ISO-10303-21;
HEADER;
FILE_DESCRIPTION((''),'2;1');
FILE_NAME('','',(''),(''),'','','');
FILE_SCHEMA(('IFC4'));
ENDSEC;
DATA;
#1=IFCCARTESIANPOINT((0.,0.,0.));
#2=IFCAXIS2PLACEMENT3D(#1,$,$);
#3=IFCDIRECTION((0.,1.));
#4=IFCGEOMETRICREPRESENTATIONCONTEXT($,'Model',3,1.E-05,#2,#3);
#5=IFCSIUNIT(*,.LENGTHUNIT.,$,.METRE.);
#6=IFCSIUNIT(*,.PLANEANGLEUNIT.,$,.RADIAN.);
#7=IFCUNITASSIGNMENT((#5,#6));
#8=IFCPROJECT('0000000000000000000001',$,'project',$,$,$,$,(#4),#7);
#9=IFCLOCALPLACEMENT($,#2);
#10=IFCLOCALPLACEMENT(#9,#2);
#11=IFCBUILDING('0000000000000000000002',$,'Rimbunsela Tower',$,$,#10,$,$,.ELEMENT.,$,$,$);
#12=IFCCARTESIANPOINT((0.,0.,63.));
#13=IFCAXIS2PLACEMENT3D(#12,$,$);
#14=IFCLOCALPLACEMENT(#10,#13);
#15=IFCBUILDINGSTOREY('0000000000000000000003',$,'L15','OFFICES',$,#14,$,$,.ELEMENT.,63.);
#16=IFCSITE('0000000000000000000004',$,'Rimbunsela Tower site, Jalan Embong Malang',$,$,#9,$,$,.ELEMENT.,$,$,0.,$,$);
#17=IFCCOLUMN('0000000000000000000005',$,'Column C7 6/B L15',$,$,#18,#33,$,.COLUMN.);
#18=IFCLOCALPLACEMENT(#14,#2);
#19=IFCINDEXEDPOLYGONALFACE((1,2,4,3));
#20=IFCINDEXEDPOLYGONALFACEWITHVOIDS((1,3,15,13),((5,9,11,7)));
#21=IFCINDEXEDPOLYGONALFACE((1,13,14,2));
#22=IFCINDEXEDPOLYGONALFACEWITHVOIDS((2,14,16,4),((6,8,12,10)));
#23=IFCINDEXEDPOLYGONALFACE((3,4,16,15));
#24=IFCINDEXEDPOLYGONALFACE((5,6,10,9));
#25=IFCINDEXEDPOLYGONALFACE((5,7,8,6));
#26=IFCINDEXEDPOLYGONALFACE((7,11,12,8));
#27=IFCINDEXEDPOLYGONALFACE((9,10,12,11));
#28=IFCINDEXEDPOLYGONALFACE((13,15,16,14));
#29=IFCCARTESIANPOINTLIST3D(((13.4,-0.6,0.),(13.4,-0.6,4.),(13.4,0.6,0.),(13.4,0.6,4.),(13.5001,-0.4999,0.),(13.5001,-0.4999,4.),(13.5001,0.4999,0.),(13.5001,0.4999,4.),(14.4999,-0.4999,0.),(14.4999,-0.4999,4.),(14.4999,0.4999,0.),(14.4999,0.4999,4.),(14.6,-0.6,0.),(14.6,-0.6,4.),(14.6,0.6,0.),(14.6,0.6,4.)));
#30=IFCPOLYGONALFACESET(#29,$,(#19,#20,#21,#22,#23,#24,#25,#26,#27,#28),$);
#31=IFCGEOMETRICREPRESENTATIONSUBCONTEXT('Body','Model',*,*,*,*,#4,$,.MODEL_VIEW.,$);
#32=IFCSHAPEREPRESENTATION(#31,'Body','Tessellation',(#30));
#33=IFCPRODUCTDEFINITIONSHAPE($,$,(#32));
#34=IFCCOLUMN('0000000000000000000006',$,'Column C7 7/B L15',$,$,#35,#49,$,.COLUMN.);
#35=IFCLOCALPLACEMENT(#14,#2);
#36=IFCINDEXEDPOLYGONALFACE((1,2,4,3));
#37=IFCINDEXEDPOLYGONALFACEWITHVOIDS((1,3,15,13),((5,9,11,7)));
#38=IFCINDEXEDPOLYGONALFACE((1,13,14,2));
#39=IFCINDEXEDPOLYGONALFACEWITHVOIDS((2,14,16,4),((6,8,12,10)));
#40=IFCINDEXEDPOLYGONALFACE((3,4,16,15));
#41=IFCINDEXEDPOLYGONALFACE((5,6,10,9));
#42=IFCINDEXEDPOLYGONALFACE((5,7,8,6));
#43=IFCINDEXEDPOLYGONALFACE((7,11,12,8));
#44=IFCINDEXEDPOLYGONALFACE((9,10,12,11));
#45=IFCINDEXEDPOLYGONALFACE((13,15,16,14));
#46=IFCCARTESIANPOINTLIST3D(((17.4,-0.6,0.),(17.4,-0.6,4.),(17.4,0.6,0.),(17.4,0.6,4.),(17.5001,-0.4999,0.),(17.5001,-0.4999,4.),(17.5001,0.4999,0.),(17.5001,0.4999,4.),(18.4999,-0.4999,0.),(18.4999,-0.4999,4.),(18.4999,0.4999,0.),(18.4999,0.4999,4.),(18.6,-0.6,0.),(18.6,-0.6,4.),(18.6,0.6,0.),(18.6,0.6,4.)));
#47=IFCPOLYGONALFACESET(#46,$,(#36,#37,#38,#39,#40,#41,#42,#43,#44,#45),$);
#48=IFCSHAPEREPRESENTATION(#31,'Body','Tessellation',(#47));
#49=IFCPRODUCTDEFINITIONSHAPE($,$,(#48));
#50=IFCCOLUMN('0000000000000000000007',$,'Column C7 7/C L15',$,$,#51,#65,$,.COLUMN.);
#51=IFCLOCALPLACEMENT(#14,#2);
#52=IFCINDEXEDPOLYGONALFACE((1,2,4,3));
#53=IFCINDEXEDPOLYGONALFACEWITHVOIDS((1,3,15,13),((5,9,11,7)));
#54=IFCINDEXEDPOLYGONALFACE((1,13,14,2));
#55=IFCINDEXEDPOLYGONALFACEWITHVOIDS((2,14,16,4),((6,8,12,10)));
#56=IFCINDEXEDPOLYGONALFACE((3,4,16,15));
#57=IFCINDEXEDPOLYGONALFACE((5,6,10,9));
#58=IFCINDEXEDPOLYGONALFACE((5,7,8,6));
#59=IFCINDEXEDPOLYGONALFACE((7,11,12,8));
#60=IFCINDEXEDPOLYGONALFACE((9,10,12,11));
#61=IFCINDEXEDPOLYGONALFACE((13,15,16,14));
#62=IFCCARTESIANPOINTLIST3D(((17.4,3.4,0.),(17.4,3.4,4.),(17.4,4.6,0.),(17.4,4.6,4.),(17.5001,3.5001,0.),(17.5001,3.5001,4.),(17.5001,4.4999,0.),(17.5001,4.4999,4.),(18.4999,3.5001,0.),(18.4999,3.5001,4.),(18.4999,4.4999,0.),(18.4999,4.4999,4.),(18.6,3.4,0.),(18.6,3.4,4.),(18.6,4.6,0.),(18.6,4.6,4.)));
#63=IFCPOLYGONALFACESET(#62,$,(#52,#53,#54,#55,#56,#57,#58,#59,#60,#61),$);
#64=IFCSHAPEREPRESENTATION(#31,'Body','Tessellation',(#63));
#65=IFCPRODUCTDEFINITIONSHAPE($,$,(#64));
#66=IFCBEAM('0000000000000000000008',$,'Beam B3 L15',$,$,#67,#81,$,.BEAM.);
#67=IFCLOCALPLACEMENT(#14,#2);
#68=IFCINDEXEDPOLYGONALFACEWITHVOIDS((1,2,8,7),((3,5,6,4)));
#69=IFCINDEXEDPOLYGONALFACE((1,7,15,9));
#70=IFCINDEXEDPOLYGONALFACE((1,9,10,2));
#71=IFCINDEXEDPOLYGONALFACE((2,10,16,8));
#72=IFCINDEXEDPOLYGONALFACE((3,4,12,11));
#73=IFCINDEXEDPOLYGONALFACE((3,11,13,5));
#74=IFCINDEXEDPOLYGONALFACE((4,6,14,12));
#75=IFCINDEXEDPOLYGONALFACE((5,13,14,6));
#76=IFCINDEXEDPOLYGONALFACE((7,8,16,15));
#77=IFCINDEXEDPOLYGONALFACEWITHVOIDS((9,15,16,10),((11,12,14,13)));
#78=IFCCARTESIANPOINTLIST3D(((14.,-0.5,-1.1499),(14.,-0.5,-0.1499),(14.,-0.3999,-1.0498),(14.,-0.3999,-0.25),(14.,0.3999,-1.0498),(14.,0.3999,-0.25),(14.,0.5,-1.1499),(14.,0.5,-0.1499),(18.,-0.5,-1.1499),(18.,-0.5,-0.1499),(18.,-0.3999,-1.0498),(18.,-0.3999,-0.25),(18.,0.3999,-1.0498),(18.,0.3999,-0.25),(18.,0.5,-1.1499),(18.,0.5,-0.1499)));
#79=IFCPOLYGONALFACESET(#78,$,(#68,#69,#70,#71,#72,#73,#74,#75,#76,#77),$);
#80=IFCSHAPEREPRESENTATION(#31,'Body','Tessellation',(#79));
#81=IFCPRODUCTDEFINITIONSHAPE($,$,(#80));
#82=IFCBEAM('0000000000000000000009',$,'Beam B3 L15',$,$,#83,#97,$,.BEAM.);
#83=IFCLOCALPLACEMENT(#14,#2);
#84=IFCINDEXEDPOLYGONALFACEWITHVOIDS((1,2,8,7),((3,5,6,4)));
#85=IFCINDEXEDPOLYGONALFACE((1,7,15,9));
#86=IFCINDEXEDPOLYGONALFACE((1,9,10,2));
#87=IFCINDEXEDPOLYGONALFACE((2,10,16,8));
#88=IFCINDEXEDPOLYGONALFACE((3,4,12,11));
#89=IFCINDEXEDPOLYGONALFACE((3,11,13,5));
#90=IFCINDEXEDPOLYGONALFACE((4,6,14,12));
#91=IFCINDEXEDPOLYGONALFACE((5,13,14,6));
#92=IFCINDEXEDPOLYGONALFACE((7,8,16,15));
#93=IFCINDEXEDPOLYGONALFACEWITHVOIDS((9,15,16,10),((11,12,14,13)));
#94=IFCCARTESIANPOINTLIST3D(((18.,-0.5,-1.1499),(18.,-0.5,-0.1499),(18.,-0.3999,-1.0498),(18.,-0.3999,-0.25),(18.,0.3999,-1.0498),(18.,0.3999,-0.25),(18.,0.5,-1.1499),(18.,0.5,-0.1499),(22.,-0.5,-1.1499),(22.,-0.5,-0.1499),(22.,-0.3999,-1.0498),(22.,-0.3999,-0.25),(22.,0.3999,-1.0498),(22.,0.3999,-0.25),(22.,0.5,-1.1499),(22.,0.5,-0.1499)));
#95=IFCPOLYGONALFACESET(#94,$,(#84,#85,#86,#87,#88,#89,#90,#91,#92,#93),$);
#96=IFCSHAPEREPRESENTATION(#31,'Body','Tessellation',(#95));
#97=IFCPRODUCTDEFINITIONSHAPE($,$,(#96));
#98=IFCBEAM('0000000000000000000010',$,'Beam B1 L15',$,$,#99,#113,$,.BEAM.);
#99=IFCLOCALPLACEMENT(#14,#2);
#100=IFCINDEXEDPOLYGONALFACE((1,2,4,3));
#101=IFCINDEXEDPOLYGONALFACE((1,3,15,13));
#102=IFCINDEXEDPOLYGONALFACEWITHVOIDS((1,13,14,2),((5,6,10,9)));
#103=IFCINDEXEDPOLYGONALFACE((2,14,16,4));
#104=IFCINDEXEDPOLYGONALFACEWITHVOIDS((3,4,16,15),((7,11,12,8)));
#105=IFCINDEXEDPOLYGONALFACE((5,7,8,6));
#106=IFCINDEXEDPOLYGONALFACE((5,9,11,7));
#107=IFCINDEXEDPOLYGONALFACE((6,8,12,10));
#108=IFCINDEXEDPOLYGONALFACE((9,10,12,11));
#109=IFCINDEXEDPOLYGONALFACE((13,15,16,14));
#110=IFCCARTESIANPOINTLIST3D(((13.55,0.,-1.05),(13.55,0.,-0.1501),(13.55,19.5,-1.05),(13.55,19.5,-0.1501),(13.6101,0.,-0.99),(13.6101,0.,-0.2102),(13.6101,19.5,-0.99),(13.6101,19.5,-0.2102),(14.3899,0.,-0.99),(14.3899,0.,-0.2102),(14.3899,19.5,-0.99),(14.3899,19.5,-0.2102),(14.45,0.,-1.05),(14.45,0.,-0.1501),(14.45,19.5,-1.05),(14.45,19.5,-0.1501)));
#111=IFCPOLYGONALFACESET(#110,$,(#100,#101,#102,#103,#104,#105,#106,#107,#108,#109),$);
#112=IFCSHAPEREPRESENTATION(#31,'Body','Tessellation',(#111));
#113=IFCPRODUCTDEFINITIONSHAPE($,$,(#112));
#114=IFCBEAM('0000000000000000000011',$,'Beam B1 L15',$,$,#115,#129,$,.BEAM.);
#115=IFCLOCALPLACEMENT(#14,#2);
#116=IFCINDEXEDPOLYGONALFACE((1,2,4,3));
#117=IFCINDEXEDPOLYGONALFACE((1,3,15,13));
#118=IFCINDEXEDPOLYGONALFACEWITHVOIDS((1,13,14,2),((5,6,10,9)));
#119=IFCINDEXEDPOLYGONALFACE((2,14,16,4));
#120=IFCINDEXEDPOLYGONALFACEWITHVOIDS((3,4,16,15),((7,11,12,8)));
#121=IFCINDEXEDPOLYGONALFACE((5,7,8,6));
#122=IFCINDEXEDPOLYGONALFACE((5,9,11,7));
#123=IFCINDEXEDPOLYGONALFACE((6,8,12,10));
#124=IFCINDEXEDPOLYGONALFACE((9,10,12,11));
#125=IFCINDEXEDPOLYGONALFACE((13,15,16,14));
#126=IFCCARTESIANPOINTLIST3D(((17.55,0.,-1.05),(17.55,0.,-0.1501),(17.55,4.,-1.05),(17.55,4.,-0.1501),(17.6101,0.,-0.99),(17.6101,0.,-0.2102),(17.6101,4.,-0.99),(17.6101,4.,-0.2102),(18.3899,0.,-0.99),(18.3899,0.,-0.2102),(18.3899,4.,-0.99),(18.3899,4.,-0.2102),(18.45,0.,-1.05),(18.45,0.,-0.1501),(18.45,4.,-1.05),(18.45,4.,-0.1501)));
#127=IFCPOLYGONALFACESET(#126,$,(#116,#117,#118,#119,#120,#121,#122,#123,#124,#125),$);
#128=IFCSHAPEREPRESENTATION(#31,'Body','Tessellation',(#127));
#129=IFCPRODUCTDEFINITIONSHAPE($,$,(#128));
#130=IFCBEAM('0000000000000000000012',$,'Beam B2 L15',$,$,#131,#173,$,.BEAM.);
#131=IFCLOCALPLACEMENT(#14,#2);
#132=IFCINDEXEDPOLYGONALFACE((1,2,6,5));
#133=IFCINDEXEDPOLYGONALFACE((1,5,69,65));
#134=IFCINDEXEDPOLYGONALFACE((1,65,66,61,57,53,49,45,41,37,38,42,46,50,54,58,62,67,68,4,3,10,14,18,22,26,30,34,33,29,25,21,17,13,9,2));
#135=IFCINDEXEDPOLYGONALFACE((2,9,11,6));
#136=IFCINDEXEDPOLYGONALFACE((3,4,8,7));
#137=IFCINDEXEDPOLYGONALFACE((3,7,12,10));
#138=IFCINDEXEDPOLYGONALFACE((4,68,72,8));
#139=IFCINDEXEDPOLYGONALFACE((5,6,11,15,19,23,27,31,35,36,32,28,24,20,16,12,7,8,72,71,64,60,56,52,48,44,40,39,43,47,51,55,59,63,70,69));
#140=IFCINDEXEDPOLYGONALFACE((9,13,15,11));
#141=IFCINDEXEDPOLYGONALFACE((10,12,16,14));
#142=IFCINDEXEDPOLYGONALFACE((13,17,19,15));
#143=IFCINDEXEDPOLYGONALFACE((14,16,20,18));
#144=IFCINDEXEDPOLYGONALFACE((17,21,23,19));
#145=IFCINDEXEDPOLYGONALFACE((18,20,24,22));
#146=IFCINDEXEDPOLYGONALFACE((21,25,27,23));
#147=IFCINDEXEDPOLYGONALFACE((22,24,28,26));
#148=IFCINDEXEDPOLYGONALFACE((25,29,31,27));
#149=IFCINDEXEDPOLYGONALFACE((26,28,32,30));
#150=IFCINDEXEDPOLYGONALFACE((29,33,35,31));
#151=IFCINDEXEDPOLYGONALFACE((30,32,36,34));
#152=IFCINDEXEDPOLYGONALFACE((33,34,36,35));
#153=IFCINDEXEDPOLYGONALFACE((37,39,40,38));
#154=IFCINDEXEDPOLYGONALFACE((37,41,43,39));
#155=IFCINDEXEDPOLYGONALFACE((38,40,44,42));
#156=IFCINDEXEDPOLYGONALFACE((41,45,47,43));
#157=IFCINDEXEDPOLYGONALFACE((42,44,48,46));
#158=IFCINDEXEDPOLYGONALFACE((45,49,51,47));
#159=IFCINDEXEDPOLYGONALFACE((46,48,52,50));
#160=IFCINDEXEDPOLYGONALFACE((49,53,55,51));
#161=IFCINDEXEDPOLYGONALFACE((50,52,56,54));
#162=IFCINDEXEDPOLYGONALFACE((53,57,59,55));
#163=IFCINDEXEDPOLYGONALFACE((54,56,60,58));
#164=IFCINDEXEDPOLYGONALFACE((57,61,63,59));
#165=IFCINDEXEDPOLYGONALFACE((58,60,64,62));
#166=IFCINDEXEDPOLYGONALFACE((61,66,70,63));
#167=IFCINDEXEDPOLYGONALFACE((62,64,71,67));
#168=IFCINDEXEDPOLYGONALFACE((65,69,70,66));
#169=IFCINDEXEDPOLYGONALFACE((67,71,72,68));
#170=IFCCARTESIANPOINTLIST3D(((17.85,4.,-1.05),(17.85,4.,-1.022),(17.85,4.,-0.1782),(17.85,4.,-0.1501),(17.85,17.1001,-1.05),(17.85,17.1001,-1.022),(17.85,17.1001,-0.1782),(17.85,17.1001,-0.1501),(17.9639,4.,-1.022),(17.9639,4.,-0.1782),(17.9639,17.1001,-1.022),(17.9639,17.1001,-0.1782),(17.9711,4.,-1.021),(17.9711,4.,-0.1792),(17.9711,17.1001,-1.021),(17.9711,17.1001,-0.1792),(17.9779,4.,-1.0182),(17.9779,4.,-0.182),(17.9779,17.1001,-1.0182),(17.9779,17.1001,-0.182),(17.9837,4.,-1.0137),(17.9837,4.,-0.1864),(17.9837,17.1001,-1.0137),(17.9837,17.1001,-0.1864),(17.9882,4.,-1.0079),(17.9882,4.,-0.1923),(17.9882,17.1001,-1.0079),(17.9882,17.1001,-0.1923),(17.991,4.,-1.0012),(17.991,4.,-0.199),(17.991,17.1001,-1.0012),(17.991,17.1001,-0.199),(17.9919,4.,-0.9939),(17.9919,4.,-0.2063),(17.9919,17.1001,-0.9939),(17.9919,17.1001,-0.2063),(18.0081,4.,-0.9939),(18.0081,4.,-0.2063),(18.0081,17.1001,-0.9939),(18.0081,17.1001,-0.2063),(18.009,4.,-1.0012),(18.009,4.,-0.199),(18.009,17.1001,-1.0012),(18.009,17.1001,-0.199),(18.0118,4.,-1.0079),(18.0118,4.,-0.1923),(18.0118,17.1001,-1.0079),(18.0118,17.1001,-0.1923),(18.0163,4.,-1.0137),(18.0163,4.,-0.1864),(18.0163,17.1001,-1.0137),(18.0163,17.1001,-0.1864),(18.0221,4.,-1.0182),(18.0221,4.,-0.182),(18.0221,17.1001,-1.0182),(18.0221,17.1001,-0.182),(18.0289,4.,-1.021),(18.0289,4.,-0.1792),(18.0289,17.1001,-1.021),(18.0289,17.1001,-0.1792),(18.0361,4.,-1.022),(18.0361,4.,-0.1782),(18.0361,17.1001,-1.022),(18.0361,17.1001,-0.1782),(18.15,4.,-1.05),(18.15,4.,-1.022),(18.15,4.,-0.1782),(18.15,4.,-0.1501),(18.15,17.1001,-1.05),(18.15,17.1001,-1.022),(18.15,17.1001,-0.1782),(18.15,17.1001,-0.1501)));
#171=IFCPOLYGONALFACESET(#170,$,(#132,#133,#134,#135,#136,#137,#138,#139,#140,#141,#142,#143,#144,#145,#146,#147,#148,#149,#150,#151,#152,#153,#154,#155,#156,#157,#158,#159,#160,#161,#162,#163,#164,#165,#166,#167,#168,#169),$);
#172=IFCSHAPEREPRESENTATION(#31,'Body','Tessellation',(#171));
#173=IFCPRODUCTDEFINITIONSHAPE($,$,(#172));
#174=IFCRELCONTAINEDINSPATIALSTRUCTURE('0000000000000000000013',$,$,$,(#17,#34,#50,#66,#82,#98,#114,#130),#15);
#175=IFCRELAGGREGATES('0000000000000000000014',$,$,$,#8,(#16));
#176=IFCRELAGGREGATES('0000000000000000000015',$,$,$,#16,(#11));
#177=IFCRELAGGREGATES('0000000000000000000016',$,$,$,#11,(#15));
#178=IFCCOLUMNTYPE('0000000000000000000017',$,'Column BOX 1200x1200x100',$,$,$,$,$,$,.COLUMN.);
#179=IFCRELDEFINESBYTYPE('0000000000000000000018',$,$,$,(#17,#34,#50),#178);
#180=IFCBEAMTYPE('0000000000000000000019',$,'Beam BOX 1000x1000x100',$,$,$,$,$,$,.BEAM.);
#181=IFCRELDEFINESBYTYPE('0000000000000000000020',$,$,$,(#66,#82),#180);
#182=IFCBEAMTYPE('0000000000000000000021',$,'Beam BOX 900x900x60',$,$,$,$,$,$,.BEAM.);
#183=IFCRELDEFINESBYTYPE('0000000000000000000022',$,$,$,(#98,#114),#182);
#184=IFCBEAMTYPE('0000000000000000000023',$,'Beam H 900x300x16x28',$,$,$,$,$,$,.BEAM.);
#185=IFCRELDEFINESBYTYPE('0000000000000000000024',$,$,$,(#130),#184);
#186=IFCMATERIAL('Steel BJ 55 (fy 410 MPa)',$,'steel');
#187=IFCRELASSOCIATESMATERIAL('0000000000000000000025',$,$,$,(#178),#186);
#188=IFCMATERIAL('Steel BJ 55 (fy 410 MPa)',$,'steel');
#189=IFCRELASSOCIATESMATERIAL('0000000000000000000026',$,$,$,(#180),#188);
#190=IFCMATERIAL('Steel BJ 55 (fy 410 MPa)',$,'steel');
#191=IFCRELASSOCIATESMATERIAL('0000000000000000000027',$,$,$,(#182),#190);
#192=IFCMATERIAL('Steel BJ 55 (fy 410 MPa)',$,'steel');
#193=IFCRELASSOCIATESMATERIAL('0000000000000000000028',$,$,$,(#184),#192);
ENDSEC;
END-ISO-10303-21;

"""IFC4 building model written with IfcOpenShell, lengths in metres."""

from ifc_helpers import new_model, si_unit, direction, frame, origin, origin_2d, place, context, subcontext, project, spatial, hollow_rectangle, i_section, extrude, material, material_profile, profile_set, type_object, element, save


model = new_model("IFC4")

# Units and contexts
model_context = context("Model", 3, precision=1e-05, world=origin(), true_north=direction((0.0, 1.0)))
body_context = subcontext(model_context, "Body", "Model", "MODEL_VIEW")
ifc_project = project(units=[si_unit("LENGTHUNIT", "METRE"), si_unit("PLANEANGLEUNIT", "RADIAN")], contexts=[model_context])

# Site, building, storey
site_placement = place(None, origin())
site = spatial("IfcSite", under=ifc_project, at=site_placement, Name="Rimbunsela Tower site, Jalan Embong Malang", CompositionType="ELEMENT", RefElevation=0.0)
building_placement = place(site_placement, origin())
building = spatial("IfcBuilding", under=site, at=building_placement, Name="Rimbunsela Tower", CompositionType="ELEMENT")
storey_placement = place(building_placement, frame((0.0, 0.0, 63.0)))
storey = spatial("IfcBuildingStorey", under=building, at=storey_placement, Name="L15", Description="OFFICES", CompositionType="ELEMENT", Elevation=63.0)

# Columns
ifc_material_1 = material(Name="Steel BJ 55 (fy 410 MPa)", Category="steel")
ifc_material_profile_1 = material_profile(ifc_material_1, hollow_rectangle(XDim=1.2, YDim=1.2, WallThickness=0.1001, at=origin_2d()), Name="BOX 1200x1200x100")
ifc_profile_set_1 = profile_set([ifc_material_profile_1], Name="Steel BJ 55 (fy 410 MPa)")
column_type = type_object("IfcColumnType", Name="Column BOX 1200x1200x100", PredefinedType="COLUMN", material=ifc_profile_set_1)
for number, where, z_axis, x_axis, name in (
    (1, (14.0, 0.0, 0.0), (0.0, 0.0, 1.0), (1.0, 0.0, 0.0), "Column C7 6/B L15"),
    (2, (18.0, 0.0, 0.0), (0.0, 0.0, 1.0), (1.0, 0.0, 0.0), "Column C7 7/B L15"),
    (3, (18.0, 4.0, 0.0), (0.0, 0.0, 1.0), (1.0, 0.0, 0.0), "Column C7 7/C L15"),
):
    element("IfcColumn", number, at=place(storey_placement, frame(where, z_axis=z_axis, x_axis=x_axis)), inside=storey, type_object=column_type, Name=name, PredefinedType="COLUMN", context=body_context, shape_type="SweptSolid", body=[
        extrude(hollow_rectangle(XDim=1.2, YDim=1.2, WallThickness=0.1001, at=origin_2d()), origin(), (0.0, 0.0, 1.0), 4.0),
    ])

# Beams
ifc_material_2 = material(Name="Steel BJ 55 (fy 410 MPa)", Category="steel")
ifc_material_profile_2 = material_profile(ifc_material_2, hollow_rectangle(XDim=1.0, YDim=1.0, WallThickness=0.1001, at=origin_2d()), Name="BOX 1000x1000x100")
ifc_profile_set_2 = profile_set([ifc_material_profile_2], Name="Steel BJ 55 (fy 410 MPa)")
beam_type_1 = type_object("IfcBeamType", Name="Beam BOX 1000x1000x100", PredefinedType="BEAM", material=ifc_profile_set_2)
for number, where, z_axis, x_axis, name in (
    (4, (14.0, 0.0, -0.6499), (1.0, 0.0, 0.0), (0.0, 1.0, 0.0), "Beam B3 L15"),
    (5, (18.0, 0.0, -0.6499), (1.0, 0.0, 0.0), (0.0, 1.0, 0.0), "Beam B3 L15"),
):
    element("IfcBeam", number, at=place(storey_placement, frame(where, z_axis=z_axis, x_axis=x_axis)), inside=storey, type_object=beam_type_1, Name=name, PredefinedType="BEAM", context=body_context, shape_type="SweptSolid", body=[
        extrude(hollow_rectangle(XDim=1.0, YDim=1.0, WallThickness=0.1001, at=origin_2d()), origin(), (0.0, 0.0, 1.0), 4.0),
    ])
ifc_material_3 = material(Name="Steel BJ 55 (fy 410 MPa)", Category="steel")
ifc_material_profile_3 = material_profile(ifc_material_3, hollow_rectangle(XDim=0.8999, YDim=0.8999, WallThickness=0.0601, at=origin_2d()), Name="BOX 900x900x60")
ifc_profile_set_3 = profile_set([ifc_material_profile_3], Name="Steel BJ 55 (fy 410 MPa)")
beam_type_2 = type_object("IfcBeamType", Name="Beam BOX 900x900x60", PredefinedType="BEAM", material=ifc_profile_set_3)
beam_1_placement = place(storey_placement, frame((14.0, 0.0, -0.6001), z_axis=(0.0, 1.0, 0.0), x_axis=(-1.0, 0.0, 0.0)))
element("IfcBeam", 6, at=beam_1_placement, inside=storey, type_object=beam_type_2, Name="Beam B1 L15", PredefinedType="BEAM", context=body_context, shape_type="SweptSolid", body=[
    extrude(hollow_rectangle(XDim=0.8999, YDim=0.8999, WallThickness=0.0601, at=origin_2d()), origin(), (0.0, 0.0, 1.0), 19.5),
])
beam_2_placement = place(storey_placement, frame((18.0, 0.0, -0.6001), z_axis=(0.0, 1.0, 0.0), x_axis=(-1.0, 0.0, 0.0)))
element("IfcBeam", 7, at=beam_2_placement, inside=storey, type_object=beam_type_2, Name="Beam B1 L15", PredefinedType="BEAM", context=body_context, shape_type="SweptSolid", body=[
    extrude(hollow_rectangle(XDim=0.8999, YDim=0.8999, WallThickness=0.0601, at=origin_2d()), origin(), (0.0, 0.0, 1.0), 4.0),
])
ifc_material_4 = material(Name="Steel BJ 55 (fy 410 MPa)", Category="steel")
ifc_material_profile_4 = material_profile(ifc_material_4, i_section(OverallWidth=0.3, OverallDepth=0.8999, WebThickness=0.0161, FlangeThickness=0.0281, FilletRadius=0.0281, at=origin_2d()), Name="H 900x300x16x28")
ifc_profile_set_4 = profile_set([ifc_material_profile_4], Name="Steel BJ 55 (fy 410 MPa)")
beam_type_3 = type_object("IfcBeamType", Name="Beam H 900x300x16x28", PredefinedType="BEAM", material=ifc_profile_set_4)
beam_3_placement = place(storey_placement, frame((18.0, 4.0, -0.6001), z_axis=(0.0, 1.0, 0.0), x_axis=(-1.0, 0.0, 0.0)))
element("IfcBeam", 8, at=beam_3_placement, inside=storey, type_object=beam_type_3, Name="Beam B2 L15", PredefinedType="BEAM", context=body_context, shape_type="SweptSolid", body=[
    extrude(i_section(OverallWidth=0.3, OverallDepth=0.8999, WebThickness=0.0161, FlangeThickness=0.0281, FilletRadius=0.0281, at=origin_2d()), origin(), (0.0, 0.0, 1.0), 13.1001),
])

save(model, "model.ifc")
